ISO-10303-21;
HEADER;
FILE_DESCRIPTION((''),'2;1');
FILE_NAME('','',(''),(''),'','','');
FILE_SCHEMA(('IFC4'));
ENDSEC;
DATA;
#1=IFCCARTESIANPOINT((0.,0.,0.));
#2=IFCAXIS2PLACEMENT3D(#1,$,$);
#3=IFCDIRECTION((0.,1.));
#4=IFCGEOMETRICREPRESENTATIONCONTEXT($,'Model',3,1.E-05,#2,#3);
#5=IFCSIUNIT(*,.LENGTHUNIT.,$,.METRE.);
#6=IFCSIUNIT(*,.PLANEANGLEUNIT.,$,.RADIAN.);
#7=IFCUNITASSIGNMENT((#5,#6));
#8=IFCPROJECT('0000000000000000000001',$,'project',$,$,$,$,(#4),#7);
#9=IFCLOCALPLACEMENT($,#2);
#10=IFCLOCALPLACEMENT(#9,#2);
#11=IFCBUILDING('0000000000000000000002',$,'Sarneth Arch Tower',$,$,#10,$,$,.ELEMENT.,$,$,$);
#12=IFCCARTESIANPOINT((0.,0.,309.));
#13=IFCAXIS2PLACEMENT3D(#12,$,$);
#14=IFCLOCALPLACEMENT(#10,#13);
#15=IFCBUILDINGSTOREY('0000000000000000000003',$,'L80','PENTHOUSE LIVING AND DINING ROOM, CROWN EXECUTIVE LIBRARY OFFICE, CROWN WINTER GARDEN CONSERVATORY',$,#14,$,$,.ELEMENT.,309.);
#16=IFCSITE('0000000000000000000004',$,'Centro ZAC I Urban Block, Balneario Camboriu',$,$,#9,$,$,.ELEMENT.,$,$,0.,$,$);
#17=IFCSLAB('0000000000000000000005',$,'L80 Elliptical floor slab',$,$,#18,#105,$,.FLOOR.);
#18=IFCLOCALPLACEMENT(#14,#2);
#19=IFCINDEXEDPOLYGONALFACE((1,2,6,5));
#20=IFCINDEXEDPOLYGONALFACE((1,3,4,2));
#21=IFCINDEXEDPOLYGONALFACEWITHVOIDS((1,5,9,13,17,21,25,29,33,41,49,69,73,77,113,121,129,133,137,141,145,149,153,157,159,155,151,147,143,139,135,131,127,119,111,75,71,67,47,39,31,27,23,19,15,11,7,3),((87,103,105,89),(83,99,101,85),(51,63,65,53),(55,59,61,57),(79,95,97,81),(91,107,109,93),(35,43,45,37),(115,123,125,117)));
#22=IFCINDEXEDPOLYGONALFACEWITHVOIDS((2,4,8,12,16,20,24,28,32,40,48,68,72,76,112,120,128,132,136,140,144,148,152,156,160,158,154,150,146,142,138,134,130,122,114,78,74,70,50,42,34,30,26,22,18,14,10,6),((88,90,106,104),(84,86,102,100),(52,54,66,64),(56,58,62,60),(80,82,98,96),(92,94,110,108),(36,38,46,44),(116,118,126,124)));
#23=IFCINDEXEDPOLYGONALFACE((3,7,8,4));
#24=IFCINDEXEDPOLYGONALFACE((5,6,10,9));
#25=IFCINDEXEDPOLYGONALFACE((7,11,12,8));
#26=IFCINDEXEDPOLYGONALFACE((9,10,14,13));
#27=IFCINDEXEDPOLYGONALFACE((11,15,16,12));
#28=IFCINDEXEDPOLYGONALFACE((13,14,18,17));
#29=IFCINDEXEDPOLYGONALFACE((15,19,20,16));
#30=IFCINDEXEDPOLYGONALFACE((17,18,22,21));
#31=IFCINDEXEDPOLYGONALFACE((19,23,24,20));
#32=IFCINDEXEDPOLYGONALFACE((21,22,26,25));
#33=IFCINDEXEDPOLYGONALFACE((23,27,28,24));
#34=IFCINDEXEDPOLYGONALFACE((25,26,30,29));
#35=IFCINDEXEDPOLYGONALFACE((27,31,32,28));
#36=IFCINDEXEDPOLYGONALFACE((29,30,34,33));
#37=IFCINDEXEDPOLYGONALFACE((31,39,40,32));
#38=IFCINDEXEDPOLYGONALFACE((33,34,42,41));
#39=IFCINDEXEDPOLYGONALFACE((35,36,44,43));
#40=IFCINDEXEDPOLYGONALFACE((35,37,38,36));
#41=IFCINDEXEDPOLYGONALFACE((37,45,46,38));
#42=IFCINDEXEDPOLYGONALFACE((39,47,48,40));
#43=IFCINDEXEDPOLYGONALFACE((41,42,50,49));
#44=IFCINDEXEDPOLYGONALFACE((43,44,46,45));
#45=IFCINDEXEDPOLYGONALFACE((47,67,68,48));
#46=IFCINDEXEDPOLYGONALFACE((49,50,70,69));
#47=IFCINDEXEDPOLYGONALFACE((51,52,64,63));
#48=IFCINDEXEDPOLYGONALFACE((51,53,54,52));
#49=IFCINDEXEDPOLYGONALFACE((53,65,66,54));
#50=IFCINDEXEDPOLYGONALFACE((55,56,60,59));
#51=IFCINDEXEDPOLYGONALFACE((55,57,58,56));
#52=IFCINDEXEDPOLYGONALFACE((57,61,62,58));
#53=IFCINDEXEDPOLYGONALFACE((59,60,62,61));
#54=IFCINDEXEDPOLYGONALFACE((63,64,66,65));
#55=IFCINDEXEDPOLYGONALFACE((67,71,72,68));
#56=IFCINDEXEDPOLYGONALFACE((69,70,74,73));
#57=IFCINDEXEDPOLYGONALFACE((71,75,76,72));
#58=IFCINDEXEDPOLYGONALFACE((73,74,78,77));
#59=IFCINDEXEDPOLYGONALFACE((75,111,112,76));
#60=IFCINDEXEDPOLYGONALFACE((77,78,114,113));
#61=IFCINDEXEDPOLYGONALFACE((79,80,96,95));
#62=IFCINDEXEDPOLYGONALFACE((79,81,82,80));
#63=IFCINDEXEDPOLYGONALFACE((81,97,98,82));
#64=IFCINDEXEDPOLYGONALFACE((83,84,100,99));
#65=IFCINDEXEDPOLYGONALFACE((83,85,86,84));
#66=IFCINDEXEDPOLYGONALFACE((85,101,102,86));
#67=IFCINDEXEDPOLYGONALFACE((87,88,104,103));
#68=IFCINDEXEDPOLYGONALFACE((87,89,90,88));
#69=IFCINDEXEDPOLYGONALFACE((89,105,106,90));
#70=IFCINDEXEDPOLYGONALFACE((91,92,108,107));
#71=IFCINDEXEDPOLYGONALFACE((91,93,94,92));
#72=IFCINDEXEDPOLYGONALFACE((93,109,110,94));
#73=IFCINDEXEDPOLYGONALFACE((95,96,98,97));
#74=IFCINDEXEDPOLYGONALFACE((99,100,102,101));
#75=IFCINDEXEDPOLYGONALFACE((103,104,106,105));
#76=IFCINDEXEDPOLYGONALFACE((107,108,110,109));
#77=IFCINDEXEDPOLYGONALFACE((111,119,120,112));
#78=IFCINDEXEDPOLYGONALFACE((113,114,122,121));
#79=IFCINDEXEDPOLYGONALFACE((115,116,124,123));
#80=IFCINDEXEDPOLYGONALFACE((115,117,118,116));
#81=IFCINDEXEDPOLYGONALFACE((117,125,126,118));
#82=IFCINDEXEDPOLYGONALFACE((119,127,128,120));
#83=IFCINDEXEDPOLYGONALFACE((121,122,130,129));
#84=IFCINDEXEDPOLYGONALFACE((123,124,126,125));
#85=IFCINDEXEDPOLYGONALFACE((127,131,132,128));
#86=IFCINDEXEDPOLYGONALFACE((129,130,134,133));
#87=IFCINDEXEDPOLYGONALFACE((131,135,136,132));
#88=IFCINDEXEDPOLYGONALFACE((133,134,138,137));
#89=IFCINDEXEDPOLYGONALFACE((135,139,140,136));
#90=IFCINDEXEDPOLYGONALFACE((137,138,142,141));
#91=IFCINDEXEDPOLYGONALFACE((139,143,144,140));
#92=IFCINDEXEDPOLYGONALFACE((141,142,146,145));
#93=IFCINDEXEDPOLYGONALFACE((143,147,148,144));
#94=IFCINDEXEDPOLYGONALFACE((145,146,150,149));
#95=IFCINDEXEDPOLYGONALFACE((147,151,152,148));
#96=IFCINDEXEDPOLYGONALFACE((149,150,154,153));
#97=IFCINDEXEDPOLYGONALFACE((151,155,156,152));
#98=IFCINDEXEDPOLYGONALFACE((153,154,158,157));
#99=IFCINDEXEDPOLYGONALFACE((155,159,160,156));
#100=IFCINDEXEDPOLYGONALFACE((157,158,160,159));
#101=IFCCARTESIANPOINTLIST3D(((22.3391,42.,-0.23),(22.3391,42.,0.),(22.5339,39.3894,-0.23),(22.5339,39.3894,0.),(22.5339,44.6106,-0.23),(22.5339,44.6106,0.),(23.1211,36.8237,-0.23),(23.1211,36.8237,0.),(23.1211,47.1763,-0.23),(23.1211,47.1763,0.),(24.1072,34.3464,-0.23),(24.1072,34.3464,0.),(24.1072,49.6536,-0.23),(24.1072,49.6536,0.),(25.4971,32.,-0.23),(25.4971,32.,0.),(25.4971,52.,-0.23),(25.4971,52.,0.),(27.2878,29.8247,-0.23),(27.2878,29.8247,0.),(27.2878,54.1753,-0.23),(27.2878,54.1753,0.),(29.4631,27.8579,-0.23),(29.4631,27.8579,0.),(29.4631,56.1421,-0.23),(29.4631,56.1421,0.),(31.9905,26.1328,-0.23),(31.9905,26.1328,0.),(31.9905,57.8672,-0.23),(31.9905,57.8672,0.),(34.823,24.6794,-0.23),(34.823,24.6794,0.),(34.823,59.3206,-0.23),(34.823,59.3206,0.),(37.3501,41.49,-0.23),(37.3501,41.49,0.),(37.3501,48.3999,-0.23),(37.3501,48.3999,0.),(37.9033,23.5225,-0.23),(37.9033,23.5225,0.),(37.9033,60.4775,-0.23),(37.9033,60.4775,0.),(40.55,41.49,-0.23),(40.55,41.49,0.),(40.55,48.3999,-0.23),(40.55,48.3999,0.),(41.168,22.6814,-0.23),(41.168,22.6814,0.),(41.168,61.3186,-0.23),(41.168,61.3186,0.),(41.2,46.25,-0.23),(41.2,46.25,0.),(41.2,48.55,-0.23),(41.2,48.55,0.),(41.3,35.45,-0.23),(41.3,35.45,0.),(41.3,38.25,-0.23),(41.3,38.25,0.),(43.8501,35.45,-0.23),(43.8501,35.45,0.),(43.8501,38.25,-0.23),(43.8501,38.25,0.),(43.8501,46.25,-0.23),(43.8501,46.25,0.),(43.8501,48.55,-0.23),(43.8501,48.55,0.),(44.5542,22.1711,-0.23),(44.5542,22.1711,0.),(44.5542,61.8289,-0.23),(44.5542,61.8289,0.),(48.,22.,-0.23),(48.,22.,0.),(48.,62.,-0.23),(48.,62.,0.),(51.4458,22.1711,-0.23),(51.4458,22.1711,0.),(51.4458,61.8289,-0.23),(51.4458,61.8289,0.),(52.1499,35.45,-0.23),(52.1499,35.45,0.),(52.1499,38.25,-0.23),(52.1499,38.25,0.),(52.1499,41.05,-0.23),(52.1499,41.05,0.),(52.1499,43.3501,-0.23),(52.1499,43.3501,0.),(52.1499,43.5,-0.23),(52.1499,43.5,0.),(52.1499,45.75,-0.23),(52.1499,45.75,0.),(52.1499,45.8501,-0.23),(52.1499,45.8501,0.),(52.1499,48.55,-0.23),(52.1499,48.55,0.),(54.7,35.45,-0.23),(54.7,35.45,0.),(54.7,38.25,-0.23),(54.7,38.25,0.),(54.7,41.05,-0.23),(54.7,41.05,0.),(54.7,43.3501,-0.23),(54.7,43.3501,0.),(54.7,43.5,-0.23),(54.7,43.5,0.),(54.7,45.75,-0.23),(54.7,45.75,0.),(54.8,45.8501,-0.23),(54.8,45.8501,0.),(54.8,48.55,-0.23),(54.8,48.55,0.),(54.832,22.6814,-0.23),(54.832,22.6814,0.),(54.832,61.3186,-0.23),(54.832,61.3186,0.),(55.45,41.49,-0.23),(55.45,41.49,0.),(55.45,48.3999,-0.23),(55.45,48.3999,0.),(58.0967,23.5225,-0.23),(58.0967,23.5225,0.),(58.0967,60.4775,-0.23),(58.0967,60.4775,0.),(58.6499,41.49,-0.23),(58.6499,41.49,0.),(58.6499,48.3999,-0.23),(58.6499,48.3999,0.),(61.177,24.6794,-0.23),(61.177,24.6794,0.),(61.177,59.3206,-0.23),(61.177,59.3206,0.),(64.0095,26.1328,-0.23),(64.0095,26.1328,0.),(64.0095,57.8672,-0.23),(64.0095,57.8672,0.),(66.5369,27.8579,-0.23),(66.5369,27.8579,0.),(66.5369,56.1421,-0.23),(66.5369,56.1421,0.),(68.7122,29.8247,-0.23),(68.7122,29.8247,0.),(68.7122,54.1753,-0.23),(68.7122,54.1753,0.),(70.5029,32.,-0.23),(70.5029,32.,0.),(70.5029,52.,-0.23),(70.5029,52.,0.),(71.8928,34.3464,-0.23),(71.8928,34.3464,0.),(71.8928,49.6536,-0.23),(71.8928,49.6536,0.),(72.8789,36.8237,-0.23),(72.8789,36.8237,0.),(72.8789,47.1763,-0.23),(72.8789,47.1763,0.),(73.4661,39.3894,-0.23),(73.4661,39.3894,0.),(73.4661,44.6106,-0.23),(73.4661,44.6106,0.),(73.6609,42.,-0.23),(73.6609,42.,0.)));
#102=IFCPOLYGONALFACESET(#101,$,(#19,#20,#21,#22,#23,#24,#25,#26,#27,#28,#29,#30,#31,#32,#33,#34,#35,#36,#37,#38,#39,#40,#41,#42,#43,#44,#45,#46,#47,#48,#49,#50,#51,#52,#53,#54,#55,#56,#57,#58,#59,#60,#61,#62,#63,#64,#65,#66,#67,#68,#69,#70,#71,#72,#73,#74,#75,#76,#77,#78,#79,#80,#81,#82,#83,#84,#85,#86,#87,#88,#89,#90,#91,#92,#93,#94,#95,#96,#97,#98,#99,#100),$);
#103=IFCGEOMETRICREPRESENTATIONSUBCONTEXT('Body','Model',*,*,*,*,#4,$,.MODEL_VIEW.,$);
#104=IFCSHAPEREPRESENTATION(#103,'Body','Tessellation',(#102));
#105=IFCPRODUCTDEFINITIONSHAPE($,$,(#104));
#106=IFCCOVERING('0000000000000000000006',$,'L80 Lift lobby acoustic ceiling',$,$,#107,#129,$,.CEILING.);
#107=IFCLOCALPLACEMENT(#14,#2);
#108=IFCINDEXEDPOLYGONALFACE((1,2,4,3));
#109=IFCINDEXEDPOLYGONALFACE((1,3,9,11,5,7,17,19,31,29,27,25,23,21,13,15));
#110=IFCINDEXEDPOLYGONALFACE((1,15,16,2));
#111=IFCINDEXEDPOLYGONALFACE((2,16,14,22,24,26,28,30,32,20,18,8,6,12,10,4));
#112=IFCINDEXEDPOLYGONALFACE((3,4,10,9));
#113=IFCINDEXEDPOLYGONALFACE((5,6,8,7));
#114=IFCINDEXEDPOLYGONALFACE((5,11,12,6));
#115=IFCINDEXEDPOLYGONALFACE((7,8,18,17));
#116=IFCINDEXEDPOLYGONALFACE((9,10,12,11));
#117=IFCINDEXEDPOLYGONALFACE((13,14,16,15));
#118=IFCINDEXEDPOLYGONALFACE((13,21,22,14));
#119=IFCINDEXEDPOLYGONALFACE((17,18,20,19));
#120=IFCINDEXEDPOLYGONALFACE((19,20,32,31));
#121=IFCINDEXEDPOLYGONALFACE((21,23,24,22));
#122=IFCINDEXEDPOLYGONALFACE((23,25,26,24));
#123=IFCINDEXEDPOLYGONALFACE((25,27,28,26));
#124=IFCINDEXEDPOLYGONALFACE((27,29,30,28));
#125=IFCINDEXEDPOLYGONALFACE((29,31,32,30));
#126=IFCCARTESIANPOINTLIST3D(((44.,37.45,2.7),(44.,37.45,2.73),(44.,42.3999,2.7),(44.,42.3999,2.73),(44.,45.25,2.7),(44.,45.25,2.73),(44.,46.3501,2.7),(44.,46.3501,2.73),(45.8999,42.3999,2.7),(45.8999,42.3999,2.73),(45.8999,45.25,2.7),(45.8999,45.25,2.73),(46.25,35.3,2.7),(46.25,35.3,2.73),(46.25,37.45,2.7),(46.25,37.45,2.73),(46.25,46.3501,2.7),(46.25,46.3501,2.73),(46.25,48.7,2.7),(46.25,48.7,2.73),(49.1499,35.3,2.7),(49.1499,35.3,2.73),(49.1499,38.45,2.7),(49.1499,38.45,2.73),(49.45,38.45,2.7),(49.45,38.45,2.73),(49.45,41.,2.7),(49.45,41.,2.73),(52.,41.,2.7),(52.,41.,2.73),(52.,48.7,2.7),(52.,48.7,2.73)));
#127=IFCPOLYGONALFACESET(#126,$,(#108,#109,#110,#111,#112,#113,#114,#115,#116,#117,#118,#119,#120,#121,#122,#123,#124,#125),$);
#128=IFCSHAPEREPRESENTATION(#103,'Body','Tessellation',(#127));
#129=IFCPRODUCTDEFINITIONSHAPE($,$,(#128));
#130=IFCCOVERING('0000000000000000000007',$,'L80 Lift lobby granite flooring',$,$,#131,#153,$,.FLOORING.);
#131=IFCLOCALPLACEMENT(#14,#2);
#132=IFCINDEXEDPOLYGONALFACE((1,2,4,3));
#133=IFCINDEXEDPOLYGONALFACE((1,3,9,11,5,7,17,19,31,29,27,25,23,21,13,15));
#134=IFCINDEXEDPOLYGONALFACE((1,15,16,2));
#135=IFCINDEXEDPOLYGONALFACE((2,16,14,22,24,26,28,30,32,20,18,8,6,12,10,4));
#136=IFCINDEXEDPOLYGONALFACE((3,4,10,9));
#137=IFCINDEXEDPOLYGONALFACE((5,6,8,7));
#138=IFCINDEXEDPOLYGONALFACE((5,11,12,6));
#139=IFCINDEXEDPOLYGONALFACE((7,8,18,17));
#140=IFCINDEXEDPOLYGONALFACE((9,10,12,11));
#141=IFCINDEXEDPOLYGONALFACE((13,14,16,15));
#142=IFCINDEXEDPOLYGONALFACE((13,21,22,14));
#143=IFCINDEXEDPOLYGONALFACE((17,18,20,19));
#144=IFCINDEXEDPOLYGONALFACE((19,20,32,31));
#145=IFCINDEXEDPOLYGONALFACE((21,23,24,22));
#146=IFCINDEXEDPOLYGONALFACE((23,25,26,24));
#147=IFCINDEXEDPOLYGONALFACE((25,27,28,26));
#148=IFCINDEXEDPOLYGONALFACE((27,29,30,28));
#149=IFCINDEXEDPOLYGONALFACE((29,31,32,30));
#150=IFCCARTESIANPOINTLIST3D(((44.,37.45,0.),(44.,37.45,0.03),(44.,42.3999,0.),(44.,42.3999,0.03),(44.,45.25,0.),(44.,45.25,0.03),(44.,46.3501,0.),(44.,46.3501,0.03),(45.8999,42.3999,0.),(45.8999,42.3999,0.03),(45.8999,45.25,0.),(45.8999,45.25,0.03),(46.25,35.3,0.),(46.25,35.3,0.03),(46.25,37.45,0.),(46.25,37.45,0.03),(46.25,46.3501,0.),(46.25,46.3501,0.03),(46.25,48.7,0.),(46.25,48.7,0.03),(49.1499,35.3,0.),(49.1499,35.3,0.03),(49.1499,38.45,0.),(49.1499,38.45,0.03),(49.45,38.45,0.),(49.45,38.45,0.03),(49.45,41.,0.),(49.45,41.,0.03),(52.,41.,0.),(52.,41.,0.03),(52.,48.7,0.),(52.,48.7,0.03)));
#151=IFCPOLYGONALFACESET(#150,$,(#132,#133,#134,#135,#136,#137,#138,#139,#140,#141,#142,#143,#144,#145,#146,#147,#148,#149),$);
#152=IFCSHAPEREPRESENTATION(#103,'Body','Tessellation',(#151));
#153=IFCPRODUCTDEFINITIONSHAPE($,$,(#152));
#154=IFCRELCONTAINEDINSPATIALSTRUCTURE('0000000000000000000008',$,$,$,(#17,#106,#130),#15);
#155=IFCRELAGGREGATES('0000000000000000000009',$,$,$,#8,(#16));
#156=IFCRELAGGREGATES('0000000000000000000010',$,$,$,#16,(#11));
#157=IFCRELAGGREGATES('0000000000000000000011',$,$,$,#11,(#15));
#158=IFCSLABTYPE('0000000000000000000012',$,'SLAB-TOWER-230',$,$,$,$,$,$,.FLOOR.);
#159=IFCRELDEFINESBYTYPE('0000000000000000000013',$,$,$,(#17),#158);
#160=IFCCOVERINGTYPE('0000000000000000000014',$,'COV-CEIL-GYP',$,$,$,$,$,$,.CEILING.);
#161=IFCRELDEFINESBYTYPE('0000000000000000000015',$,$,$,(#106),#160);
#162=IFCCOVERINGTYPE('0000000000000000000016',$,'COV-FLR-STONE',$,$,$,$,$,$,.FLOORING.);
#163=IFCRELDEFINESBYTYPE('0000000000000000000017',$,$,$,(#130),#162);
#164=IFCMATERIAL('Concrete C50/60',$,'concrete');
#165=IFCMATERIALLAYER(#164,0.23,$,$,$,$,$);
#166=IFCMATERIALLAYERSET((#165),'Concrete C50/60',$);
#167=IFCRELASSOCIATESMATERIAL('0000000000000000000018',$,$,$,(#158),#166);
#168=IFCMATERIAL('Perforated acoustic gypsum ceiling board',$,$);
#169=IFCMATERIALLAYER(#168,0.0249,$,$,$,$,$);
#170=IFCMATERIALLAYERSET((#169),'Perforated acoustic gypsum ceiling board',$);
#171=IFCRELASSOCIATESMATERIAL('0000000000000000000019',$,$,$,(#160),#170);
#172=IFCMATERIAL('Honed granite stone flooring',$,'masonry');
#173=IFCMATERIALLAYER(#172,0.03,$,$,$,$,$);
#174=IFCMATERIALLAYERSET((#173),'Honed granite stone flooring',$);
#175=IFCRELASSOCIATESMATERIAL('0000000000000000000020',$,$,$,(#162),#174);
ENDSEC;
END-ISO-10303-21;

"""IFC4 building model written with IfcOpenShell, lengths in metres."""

from ifc_helpers import new_model, si_unit, direction, frame, origin, place, context, subcontext, project, spatial, polyline, outline, extrude, material, layer, layer_set, type_object, element, save


model = new_model("IFC4")

# Units and contexts
model_context = context("Model", 3, precision=1e-05, world=origin(), true_north=direction((0.0, 1.0)))
body_context = subcontext(model_context, "Body", "Model", "MODEL_VIEW")
ifc_project = project(units=[si_unit("LENGTHUNIT", "METRE"), si_unit("PLANEANGLEUNIT", "RADIAN")], contexts=[model_context])

# Site, building, storey
site_placement = place(None, origin())
site = spatial("IfcSite", under=ifc_project, at=site_placement, Name="Centro ZAC I Urban Block, Balneario Camboriu", CompositionType="ELEMENT", RefElevation=0.0)
building_placement = place(site_placement, origin())
building = spatial("IfcBuilding", under=site, at=building_placement, Name="Sarneth Arch Tower", CompositionType="ELEMENT")
storey_placement = place(building_placement, frame((0.0, 0.0, 309.0)))
storey = spatial("IfcBuildingStorey", under=building, at=storey_placement, Name="L80", Description="PENTHOUSE LIVING AND DINING ROOM, CROWN EXECUTIVE LIBRARY OFFICE, CROWN WINTER GARDEN CONSERVATORY", CompositionType="ELEMENT", Elevation=309.0)

# Slab
ifc_material_1 = material(Name="Concrete C50/60", Category="concrete")
ifc_layer_1 = layer(ifc_material_1, 0.23)
ifc_layer_set_1 = layer_set([ifc_layer_1], Name="Concrete C50/60")
slab_type_1 = type_object("IfcSlabType", Name="SLAB-TOWER-230", PredefinedType="FLOOR", material=ifc_layer_set_1)
slab_1_placement = place(storey_placement, frame((0.0, 0.0, -0.23)))
element("IfcSlab", 1, at=slab_1_placement, inside=storey, type_object=slab_type_1, Name="L80 Elliptical floor slab", PredefinedType="FLOOR", context=body_context, shape_type="SweptSolid", body=[
    extrude(outline(polyline([(73.6609, 42.0), (73.4661, 44.6106), (72.8789, 47.1763), (71.8928, 49.6536), (70.5029, 52.0), (68.7122, 54.1753), (66.5369, 56.1421), (64.0095, 57.8672), (61.177, 59.3206), (58.0967, 60.4775), (54.832, 61.3186), (51.4458, 61.8289), (48.0, 62.0), (44.5542, 61.8289), (41.168, 61.3186), (37.9033, 60.4775), (34.823, 59.3206), (31.9905, 57.8672), (29.4631, 56.1421), (27.2878, 54.1753), (25.4971, 52.0), (24.1072, 49.6536), (23.1211, 47.1763), (22.5339, 44.6106), (22.3391, 42.0), (22.5339, 39.3894), (23.1211, 36.8237), (24.1072, 34.3464), (25.4971, 32.0), (27.2878, 29.8247), (29.4631, 27.8579), (31.9905, 26.1328), (34.823, 24.6794), (37.9033, 23.5225), (41.168, 22.6814), (44.5542, 22.1711), (48.0, 22.0), (51.4458, 22.1711), (54.832, 22.6814), (58.0967, 23.5225), (61.177, 24.6794), (64.0095, 26.1328), (66.5369, 27.8579), (68.7122, 29.8247), (70.5029, 32.0), (71.8928, 34.3464), (72.8789, 36.8237), (73.4661, 39.3894), (73.6609, 42.0)]), holes=[polyline([(37.3501, 41.49), (40.55, 41.49), (40.55, 48.3999), (37.3501, 48.3999), (37.3501, 41.49)]), polyline([(55.45, 41.49), (58.6499, 41.49), (58.6499, 48.3999), (55.45, 48.3999), (55.45, 41.49)]), polyline([(41.2, 46.25), (43.8501, 46.25), (43.8501, 48.55), (41.2, 48.55), (41.2, 46.25)]), polyline([(41.3, 35.45), (43.8501, 35.45), (43.8501, 38.25), (41.3, 38.25), (41.3, 35.45)]), polyline([(52.1499, 35.45), (54.7, 35.45), (54.7, 38.25), (52.1499, 38.25), (52.1499, 35.45)]), polyline([(52.1499, 45.8501), (54.8, 45.8501), (54.8, 48.55), (52.1499, 48.55), (52.1499, 45.8501)]), polyline([(52.1499, 41.05), (54.7, 41.05), (54.7, 43.3501), (52.1499, 43.3501), (52.1499, 41.05)]), polyline([(52.1499, 43.5), (54.7, 43.5), (54.7, 45.75), (52.1499, 45.75), (52.1499, 43.5)])]), origin(), (0.0, 0.0, 1.0), 0.23),
])

# Coverings
ifc_material_2 = material(Name="Perforated acoustic gypsum ceiling board")
ifc_layer_2 = layer(ifc_material_2, 0.0249)
ifc_layer_set_2 = layer_set([ifc_layer_2], Name="Perforated acoustic gypsum ceiling board")
covering_type_1 = type_object("IfcCoveringType", Name="COV-CEIL-GYP", PredefinedType="CEILING", material=ifc_layer_set_2)
covering_1_placement = place(storey_placement, frame((0.0, 0.0, 2.7)))
element("IfcCovering", 2, at=covering_1_placement, inside=storey, type_object=covering_type_1, Name="L80 Lift lobby acoustic ceiling", PredefinedType="CEILING", context=body_context, shape_type="SweptSolid", body=[
    extrude(outline(polyline([(49.45, 41.0), (49.45, 38.45), (49.1499, 38.45), (49.1499, 35.3), (46.25, 35.3), (46.25, 37.45), (44.0, 37.45), (44.0, 42.3999), (45.8999, 42.3999), (45.8999, 45.25), (44.0, 45.25), (44.0, 46.3501), (46.25, 46.3501), (46.25, 48.7), (52.0, 48.7), (52.0, 41.0), (49.45, 41.0)])), origin(), (0.0, 0.0, 1.0), 0.03),
])
ifc_material_3 = material(Name="Honed granite stone flooring", Category="masonry")
ifc_layer_3 = layer(ifc_material_3, 0.03)
ifc_layer_set_3 = layer_set([ifc_layer_3], Name="Honed granite stone flooring")
covering_type_2 = type_object("IfcCoveringType", Name="COV-FLR-STONE", PredefinedType="FLOORING", material=ifc_layer_set_3)
covering_2_placement = place(storey_placement, origin())
element("IfcCovering", 3, at=covering_2_placement, inside=storey, type_object=covering_type_2, Name="L80 Lift lobby granite flooring", PredefinedType="FLOORING", context=body_context, shape_type="SweptSolid", body=[
    extrude(outline(polyline([(49.45, 41.0), (49.45, 38.45), (49.1499, 38.45), (49.1499, 35.3), (46.25, 35.3), (46.25, 37.45), (44.0, 37.45), (44.0, 42.3999), (45.8999, 42.3999), (45.8999, 45.25), (44.0, 45.25), (44.0, 46.3501), (46.25, 46.3501), (46.25, 48.7), (52.0, 48.7), (52.0, 41.0), (49.45, 41.0)])), origin(), (0.0, 0.0, 1.0), 0.03),
])

save(model, "model.ifc")
